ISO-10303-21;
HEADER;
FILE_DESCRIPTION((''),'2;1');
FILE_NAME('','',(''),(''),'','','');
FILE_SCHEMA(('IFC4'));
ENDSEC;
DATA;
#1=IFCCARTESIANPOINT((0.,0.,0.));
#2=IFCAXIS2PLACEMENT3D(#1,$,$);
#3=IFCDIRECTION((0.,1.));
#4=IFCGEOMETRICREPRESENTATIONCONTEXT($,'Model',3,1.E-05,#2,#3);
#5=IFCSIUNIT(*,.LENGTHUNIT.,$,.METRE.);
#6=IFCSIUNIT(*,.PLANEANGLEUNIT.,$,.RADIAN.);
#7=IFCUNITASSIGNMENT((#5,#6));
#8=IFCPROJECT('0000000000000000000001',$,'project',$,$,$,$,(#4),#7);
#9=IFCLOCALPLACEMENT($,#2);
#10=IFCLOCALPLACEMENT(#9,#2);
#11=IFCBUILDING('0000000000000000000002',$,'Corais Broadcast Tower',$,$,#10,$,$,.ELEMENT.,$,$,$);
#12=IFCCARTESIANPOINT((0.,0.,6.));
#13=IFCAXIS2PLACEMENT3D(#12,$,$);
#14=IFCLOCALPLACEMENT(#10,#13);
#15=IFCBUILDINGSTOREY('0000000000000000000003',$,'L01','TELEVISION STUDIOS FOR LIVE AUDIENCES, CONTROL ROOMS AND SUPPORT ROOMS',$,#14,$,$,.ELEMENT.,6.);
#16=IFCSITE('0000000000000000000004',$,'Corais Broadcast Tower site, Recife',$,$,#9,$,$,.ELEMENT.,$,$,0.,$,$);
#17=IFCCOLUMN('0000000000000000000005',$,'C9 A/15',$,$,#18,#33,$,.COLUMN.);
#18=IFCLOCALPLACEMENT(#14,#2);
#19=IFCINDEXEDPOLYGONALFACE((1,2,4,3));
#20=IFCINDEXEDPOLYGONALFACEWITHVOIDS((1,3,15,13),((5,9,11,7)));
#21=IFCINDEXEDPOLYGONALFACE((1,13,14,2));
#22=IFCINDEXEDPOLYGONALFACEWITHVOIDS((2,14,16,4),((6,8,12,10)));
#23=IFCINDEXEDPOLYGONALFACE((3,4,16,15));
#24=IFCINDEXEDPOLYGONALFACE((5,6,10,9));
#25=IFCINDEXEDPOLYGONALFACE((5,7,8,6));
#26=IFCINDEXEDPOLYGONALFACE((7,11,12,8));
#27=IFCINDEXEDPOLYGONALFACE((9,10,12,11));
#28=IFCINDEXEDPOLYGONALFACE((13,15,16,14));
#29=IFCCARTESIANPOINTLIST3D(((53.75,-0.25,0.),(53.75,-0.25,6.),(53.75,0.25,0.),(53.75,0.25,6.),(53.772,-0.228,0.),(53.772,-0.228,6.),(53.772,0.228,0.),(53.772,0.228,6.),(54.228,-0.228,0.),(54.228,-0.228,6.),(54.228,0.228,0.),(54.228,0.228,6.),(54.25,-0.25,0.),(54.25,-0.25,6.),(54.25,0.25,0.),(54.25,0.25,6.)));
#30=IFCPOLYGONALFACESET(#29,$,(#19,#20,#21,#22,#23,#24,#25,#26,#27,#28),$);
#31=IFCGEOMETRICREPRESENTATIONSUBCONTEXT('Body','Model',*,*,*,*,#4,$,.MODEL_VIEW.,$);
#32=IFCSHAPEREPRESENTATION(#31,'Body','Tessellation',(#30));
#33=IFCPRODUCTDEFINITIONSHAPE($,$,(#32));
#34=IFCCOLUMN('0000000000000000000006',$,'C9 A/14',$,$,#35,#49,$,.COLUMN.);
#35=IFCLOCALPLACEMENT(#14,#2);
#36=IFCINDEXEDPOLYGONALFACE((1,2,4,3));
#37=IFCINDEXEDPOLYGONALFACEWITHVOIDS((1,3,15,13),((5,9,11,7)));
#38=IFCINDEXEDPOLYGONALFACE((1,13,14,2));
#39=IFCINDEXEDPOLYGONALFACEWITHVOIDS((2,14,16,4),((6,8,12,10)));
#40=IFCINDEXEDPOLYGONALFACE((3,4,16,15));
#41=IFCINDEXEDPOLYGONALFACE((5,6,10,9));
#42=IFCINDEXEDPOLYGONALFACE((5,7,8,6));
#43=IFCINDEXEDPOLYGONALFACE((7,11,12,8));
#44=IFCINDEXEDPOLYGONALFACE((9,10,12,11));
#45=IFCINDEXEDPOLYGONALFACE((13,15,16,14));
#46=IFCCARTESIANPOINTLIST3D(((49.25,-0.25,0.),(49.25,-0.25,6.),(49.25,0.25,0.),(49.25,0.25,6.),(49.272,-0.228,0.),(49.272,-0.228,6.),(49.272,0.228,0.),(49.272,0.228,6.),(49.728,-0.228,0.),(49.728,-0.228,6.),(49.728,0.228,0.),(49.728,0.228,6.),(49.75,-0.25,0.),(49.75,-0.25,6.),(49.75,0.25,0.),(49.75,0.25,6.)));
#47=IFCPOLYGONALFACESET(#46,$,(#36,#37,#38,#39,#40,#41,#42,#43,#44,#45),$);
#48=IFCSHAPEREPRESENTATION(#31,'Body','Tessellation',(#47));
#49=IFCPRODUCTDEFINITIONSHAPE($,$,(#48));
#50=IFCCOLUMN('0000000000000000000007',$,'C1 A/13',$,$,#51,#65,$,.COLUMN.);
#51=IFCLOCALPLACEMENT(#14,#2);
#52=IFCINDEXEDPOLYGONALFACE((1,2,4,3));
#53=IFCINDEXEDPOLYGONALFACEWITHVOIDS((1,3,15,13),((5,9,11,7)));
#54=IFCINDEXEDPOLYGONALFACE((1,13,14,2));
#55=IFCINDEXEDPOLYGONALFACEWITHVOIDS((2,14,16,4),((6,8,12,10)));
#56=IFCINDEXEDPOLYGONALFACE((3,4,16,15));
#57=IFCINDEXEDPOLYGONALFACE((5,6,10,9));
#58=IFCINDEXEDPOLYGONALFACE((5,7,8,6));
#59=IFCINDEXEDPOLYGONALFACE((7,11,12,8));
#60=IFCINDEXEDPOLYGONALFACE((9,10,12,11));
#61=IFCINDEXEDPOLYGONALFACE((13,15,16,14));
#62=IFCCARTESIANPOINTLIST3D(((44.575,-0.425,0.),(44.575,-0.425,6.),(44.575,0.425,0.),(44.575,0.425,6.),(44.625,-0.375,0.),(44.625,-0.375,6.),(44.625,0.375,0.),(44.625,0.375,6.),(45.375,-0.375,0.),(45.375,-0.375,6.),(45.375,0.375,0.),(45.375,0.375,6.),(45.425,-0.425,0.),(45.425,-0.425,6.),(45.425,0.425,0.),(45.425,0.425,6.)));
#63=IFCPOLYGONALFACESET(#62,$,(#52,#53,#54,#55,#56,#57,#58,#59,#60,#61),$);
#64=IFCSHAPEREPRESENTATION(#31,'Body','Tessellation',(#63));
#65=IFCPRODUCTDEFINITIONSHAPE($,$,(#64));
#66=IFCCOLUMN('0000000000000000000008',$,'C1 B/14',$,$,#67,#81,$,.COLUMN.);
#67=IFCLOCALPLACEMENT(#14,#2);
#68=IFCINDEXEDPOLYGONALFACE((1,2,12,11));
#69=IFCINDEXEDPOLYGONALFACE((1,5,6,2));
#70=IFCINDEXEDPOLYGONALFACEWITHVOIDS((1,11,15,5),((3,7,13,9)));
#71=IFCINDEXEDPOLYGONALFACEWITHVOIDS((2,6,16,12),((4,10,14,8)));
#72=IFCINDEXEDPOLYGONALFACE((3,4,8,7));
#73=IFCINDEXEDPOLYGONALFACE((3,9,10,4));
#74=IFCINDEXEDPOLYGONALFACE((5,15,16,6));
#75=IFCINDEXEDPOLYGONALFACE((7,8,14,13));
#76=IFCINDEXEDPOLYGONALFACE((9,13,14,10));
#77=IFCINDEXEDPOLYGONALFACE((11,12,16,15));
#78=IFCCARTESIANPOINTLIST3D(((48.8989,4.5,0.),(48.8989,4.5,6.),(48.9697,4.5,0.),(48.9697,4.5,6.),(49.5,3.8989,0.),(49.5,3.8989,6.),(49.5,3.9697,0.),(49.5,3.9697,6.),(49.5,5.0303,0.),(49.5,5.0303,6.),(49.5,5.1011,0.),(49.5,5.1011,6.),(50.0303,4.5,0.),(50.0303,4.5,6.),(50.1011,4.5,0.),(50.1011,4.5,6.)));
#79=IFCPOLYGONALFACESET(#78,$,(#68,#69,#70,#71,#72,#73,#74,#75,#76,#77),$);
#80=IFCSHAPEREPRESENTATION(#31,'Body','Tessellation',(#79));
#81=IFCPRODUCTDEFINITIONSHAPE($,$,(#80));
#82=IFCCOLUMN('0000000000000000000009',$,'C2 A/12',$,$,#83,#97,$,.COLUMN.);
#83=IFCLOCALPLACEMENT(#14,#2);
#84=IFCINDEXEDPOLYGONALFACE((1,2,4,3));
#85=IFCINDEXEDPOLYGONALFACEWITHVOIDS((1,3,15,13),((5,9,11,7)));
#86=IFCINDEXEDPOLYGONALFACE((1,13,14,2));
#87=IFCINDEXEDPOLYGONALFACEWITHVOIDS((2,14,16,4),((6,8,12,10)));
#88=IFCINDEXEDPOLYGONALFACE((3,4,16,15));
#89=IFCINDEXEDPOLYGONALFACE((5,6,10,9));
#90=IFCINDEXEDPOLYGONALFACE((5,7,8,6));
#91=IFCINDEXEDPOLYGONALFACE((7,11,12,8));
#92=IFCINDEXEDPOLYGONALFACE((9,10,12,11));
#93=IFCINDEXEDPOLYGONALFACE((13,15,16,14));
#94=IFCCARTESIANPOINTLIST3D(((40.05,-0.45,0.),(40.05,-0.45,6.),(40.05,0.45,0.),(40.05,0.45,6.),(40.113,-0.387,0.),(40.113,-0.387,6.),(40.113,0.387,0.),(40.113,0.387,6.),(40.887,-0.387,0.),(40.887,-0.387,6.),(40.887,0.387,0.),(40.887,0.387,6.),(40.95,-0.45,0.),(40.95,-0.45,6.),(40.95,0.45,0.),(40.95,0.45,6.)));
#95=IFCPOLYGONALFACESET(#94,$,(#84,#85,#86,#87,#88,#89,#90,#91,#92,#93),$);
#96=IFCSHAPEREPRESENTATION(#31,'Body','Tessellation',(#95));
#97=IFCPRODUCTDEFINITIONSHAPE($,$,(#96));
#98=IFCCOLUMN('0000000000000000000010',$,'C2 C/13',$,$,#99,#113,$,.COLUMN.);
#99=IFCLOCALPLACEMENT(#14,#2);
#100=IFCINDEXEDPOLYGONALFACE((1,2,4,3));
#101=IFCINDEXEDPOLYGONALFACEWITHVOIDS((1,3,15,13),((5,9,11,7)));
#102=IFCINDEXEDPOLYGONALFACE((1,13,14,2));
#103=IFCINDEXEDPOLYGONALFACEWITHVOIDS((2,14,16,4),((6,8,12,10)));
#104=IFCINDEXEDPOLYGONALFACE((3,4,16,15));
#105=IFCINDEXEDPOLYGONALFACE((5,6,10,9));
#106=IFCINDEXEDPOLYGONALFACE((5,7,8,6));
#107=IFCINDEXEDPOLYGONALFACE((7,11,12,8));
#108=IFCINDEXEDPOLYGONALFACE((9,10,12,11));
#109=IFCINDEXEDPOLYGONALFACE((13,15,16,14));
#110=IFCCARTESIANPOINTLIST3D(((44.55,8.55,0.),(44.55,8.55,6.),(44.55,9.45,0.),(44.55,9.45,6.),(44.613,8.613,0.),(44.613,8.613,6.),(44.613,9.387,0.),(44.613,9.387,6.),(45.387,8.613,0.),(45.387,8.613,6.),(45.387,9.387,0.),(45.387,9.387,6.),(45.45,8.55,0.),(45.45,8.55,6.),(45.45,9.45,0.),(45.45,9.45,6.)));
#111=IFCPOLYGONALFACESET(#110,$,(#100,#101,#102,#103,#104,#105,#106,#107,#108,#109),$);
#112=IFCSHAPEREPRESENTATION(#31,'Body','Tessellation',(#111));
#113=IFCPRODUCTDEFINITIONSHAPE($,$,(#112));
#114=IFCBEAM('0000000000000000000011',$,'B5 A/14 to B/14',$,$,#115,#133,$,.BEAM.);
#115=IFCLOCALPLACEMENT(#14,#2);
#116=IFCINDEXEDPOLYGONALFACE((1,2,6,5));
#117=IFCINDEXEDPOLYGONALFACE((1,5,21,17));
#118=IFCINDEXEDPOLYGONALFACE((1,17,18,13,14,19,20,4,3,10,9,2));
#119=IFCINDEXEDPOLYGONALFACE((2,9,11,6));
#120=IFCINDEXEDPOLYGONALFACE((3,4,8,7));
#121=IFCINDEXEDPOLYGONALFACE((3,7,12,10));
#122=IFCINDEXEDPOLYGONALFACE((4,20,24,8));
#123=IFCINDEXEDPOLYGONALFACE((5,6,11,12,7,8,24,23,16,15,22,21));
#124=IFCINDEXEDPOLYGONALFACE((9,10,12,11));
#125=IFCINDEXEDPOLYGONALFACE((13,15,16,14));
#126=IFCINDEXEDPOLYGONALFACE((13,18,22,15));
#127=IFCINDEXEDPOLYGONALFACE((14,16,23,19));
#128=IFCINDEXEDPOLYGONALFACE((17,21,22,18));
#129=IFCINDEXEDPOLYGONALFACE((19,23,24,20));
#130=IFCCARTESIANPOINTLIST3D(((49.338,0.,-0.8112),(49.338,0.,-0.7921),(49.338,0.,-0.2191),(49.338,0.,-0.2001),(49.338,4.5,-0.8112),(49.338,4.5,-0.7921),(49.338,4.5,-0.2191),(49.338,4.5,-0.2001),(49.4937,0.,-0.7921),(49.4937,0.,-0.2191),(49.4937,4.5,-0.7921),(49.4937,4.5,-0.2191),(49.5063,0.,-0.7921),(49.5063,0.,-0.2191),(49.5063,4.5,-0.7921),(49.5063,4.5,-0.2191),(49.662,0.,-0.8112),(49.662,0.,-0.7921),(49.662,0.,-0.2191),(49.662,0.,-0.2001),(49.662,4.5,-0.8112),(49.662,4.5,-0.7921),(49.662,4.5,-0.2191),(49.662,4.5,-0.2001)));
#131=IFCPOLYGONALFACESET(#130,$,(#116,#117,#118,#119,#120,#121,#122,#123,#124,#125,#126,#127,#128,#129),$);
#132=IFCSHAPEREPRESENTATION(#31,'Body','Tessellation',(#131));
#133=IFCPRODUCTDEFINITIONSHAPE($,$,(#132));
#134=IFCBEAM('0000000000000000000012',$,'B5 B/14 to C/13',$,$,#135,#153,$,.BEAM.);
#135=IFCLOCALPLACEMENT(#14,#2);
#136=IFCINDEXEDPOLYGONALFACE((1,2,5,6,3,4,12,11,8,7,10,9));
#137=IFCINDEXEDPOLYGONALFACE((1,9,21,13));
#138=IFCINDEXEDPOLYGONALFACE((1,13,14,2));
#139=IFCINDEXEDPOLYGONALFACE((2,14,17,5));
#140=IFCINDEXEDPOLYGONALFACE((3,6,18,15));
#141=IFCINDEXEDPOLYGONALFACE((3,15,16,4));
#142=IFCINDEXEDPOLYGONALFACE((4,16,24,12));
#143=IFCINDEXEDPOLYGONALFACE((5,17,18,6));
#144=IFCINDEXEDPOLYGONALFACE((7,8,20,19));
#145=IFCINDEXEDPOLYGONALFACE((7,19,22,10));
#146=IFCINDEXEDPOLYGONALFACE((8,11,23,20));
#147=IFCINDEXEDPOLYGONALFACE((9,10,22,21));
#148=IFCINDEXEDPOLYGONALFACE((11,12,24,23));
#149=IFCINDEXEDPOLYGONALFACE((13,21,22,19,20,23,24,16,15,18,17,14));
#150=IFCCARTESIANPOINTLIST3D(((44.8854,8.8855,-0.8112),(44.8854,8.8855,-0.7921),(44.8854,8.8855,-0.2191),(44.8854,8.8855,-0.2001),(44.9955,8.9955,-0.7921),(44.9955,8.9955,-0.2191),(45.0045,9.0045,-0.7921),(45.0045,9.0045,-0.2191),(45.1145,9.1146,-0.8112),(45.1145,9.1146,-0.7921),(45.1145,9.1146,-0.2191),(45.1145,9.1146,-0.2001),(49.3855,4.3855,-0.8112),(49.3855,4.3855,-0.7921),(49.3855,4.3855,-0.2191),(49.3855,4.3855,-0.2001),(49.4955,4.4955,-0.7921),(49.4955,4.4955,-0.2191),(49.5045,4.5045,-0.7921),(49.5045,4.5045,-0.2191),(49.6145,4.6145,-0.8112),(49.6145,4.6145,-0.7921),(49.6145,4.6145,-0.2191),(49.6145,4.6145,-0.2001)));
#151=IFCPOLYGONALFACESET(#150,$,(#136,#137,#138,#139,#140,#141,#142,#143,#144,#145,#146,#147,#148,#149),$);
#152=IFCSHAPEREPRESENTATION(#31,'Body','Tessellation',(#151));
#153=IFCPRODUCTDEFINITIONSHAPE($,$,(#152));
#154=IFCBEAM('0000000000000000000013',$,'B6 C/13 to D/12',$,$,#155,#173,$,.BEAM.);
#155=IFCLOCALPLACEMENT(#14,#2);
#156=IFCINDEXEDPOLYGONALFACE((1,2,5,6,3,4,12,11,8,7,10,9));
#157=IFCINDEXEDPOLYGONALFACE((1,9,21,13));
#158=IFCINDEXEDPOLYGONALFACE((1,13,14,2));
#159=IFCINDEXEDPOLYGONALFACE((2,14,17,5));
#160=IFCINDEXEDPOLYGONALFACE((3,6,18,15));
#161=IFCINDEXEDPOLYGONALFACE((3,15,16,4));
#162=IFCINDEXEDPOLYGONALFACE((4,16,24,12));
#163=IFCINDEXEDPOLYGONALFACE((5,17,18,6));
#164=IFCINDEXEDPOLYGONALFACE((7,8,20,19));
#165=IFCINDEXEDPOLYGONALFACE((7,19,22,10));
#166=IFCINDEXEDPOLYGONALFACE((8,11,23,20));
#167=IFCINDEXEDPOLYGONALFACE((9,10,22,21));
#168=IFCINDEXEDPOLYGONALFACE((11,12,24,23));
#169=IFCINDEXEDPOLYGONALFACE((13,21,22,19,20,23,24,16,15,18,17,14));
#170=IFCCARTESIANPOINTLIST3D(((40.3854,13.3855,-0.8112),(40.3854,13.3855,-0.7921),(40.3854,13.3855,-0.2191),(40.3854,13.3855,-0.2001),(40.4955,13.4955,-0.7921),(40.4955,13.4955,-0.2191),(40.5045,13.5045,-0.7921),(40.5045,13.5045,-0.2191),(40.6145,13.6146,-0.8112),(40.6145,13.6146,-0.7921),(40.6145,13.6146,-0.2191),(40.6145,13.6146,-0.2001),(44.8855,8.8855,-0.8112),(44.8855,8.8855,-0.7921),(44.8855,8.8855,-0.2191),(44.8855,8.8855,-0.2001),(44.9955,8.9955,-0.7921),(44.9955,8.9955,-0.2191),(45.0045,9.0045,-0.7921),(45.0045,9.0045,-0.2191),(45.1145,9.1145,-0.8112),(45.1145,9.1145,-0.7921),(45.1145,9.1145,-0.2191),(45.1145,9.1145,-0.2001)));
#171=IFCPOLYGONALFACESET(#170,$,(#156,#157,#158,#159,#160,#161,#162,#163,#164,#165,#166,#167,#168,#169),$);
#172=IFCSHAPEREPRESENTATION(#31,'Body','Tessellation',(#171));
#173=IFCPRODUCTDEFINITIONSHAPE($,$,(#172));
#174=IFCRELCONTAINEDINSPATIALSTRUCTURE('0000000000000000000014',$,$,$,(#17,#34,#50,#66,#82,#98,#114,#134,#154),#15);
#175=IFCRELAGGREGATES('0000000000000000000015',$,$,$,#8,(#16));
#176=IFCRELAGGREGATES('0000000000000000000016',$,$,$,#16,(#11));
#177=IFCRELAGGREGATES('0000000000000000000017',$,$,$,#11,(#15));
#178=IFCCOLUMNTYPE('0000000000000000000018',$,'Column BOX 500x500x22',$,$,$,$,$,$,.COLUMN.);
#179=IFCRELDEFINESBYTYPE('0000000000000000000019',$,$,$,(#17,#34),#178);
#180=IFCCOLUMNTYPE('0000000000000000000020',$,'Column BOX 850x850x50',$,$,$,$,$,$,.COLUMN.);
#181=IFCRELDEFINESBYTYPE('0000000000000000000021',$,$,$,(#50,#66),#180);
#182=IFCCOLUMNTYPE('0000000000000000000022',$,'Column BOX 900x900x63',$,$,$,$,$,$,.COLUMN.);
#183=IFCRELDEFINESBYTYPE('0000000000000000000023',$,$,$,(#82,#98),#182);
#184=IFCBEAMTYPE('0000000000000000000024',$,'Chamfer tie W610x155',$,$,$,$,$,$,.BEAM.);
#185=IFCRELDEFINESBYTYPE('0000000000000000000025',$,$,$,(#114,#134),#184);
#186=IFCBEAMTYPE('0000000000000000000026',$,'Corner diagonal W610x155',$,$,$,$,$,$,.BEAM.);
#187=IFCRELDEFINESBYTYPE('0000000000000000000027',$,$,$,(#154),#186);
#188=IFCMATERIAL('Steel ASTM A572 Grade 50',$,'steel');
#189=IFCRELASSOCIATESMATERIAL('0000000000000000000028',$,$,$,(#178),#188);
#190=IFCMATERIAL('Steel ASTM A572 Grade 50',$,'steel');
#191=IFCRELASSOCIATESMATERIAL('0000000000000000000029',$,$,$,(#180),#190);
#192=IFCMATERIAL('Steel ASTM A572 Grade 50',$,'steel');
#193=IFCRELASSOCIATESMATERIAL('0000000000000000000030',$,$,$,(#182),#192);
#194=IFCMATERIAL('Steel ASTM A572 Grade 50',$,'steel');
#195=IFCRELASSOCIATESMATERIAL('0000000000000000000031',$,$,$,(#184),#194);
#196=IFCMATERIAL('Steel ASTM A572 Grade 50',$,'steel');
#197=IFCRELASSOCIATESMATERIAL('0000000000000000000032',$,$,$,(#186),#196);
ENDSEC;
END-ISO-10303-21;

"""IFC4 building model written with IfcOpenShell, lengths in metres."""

from ifc_helpers import new_model, si_unit, direction, frame, origin, origin_2d, place, context, subcontext, project, spatial, hollow_rectangle, i_section, extrude, material, material_profile, profile_set, type_object, element, save


model = new_model("IFC4")

# Units and contexts
model_context = context("Model", 3, precision=1e-05, world=origin(), true_north=direction((0.0, 1.0)))
body_context = subcontext(model_context, "Body", "Model", "MODEL_VIEW")
ifc_project = project(units=[si_unit("LENGTHUNIT", "METRE"), si_unit("PLANEANGLEUNIT", "RADIAN")], contexts=[model_context])

# Site, building, storey
site_placement = place(None, origin())
site = spatial("IfcSite", under=ifc_project, at=site_placement, Name="Corais Broadcast Tower site, Recife", CompositionType="ELEMENT", RefElevation=0.0)
building_placement = place(site_placement, origin())
building = spatial("IfcBuilding", under=site, at=building_placement, Name="Corais Broadcast Tower", CompositionType="ELEMENT")
storey_placement = place(building_placement, frame((0.0, 0.0, 6.0)))
storey = spatial("IfcBuildingStorey", under=building, at=storey_placement, Name="L01", Description="TELEVISION STUDIOS FOR LIVE AUDIENCES, CONTROL ROOMS AND SUPPORT ROOMS", CompositionType="ELEMENT", Elevation=6.0)

# Columns
ifc_material_1 = material(Name="Steel ASTM A572 Grade 50", Category="steel")
ifc_material_profile_1 = material_profile(ifc_material_1, hollow_rectangle(XDim=0.5, YDim=0.5, WallThickness=0.022, at=origin_2d()), Name="BOX 500x500x22")
ifc_profile_set_1 = profile_set([ifc_material_profile_1], Name="Steel ASTM A572 Grade 50")
column_type_1 = type_object("IfcColumnType", Name="Column BOX 500x500x22", PredefinedType="COLUMN", material=ifc_profile_set_1)
for number, where, z_axis, x_axis, name in (
    (1, (54.0, 0.0, 0.0), (0.0, 0.0, 1.0), (1.0, 0.0, 0.0), "C9 A/15"),
    (2, (49.5, 0.0, 0.0), (0.0, 0.0, 1.0), (1.0, 0.0, 0.0), "C9 A/14"),
):
    element("IfcColumn", number, at=place(storey_placement, frame(where, z_axis=z_axis, x_axis=x_axis)), inside=storey, type_object=column_type_1, Name=name, PredefinedType="COLUMN", context=body_context, shape_type="SweptSolid", body=[
        extrude(hollow_rectangle(XDim=0.5, YDim=0.5, WallThickness=0.022, at=origin_2d()), origin(), (0.0, 0.0, 1.0), 6.0),
    ])
ifc_material_2 = material(Name="Steel ASTM A572 Grade 50", Category="steel")
ifc_material_profile_2 = material_profile(ifc_material_2, hollow_rectangle(XDim=0.8501, YDim=0.8501, WallThickness=0.05, at=origin_2d()), Name="BOX 850x850x50")
ifc_profile_set_2 = profile_set([ifc_material_profile_2], Name="Steel ASTM A572 Grade 50")
column_type_2 = type_object("IfcColumnType", Name="Column BOX 850x850x50", PredefinedType="COLUMN", material=ifc_profile_set_2)
for number, where, z_axis, x_axis, name in (
    (3, (45.0, 0.0, 0.0), (0.0, 0.0, 1.0), (1.0, 0.0, 0.0), "C1 A/13"),
    (4, (49.5, 4.5, 0.0), (0.0, 0.0, 1.0), (0.707107, 0.707107, 0.0), "C1 B/14"),
):
    element("IfcColumn", number, at=place(storey_placement, frame(where, z_axis=z_axis, x_axis=x_axis)), inside=storey, type_object=column_type_2, Name=name, PredefinedType="COLUMN", context=body_context, shape_type="SweptSolid", body=[
        extrude(hollow_rectangle(XDim=0.8501, YDim=0.8501, WallThickness=0.05, at=origin_2d()), origin(), (0.0, 0.0, 1.0), 6.0),
    ])
ifc_material_3 = material(Name="Steel ASTM A572 Grade 50", Category="steel")
ifc_material_profile_3 = material_profile(ifc_material_3, hollow_rectangle(XDim=0.8999, YDim=0.8999, WallThickness=0.063, at=origin_2d()), Name="BOX 900x900x63")
ifc_profile_set_3 = profile_set([ifc_material_profile_3], Name="Steel ASTM A572 Grade 50")
column_type_3 = type_object("IfcColumnType", Name="Column BOX 900x900x63", PredefinedType="COLUMN", material=ifc_profile_set_3)
for number, where, z_axis, x_axis, name in (
    (5, (40.5, 0.0, 0.0), (0.0, 0.0, 1.0), (1.0, 0.0, 0.0), "C2 A/12"),
    (6, (45.0, 9.0, 0.0), (0.0, 0.0, 1.0), (1.0, 0.0, 0.0), "C2 C/13"),
):
    element("IfcColumn", number, at=place(storey_placement, frame(where, z_axis=z_axis, x_axis=x_axis)), inside=storey, type_object=column_type_3, Name=name, PredefinedType="COLUMN", context=body_context, shape_type="SweptSolid", body=[
        extrude(hollow_rectangle(XDim=0.8999, YDim=0.8999, WallThickness=0.063, at=origin_2d()), origin(), (0.0, 0.0, 1.0), 6.0),
    ])

# Beams
ifc_material_4 = material(Name="Steel ASTM A572 Grade 50", Category="steel")
ifc_material_profile_4 = material_profile(ifc_material_4, i_section(OverallWidth=0.324, OverallDepth=0.6111, WebThickness=0.0127, FlangeThickness=0.019, at=origin_2d()), Name="W610x155")
ifc_profile_set_4 = profile_set([ifc_material_profile_4], Name="Steel ASTM A572 Grade 50")
beam_type_1 = type_object("IfcBeamType", Name="Chamfer tie W610x155", PredefinedType="BEAM", material=ifc_profile_set_4)
beam_1_placement = place(storey_placement, frame((49.5, 0.0, -0.5056), z_axis=(0.0, 1.0, 0.0), x_axis=(-1.0, 0.0, 0.0)))
element("IfcBeam", 7, at=beam_1_placement, inside=storey, type_object=beam_type_1, Name="B5 A/14 to B/14", PredefinedType="BEAM", context=body_context, shape_type="SweptSolid", body=[
    extrude(i_section(OverallWidth=0.324, OverallDepth=0.6111, WebThickness=0.0127, FlangeThickness=0.019, at=origin_2d()), origin(), (0.0, 0.0, 1.0), 4.5),
])
beam_2_placement = place(storey_placement, frame((49.5, 4.5, -0.5056), z_axis=(-0.707107, 0.707107, 0.0), x_axis=(-0.707107, -0.707107, 0.0)))
element("IfcBeam", 8, at=beam_2_placement, inside=storey, type_object=beam_type_1, Name="B5 B/14 to C/13", PredefinedType="BEAM", context=body_context, shape_type="SweptSolid", body=[
    extrude(i_section(OverallWidth=0.324, OverallDepth=0.6111, WebThickness=0.0127, FlangeThickness=0.019, at=origin_2d()), origin(), (0.0, 0.0, 1.0), 6.364),
])
ifc_material_5 = material(Name="Steel ASTM A572 Grade 50", Category="steel")
ifc_material_profile_5 = material_profile(ifc_material_5, i_section(OverallWidth=0.324, OverallDepth=0.6111, WebThickness=0.0127, FlangeThickness=0.019, at=origin_2d()), Name="W610x155")
ifc_profile_set_5 = profile_set([ifc_material_profile_5], Name="Steel ASTM A572 Grade 50")
beam_type_2 = type_object("IfcBeamType", Name="Corner diagonal W610x155", PredefinedType="BEAM", material=ifc_profile_set_5)
beam_3_placement = place(storey_placement, frame((45.0, 9.0, -0.5056), z_axis=(-0.707107, 0.707107, 0.0), x_axis=(-0.707107, -0.707107, 0.0)))
element("IfcBeam", 9, at=beam_3_placement, inside=storey, type_object=beam_type_2, Name="B6 C/13 to D/12", PredefinedType="BEAM", context=body_context, shape_type="SweptSolid", body=[
    extrude(i_section(OverallWidth=0.324, OverallDepth=0.6111, WebThickness=0.0127, FlangeThickness=0.019, at=origin_2d()), origin(), (0.0, 0.0, 1.0), 6.364),
])

save(model, "model.ifc")
